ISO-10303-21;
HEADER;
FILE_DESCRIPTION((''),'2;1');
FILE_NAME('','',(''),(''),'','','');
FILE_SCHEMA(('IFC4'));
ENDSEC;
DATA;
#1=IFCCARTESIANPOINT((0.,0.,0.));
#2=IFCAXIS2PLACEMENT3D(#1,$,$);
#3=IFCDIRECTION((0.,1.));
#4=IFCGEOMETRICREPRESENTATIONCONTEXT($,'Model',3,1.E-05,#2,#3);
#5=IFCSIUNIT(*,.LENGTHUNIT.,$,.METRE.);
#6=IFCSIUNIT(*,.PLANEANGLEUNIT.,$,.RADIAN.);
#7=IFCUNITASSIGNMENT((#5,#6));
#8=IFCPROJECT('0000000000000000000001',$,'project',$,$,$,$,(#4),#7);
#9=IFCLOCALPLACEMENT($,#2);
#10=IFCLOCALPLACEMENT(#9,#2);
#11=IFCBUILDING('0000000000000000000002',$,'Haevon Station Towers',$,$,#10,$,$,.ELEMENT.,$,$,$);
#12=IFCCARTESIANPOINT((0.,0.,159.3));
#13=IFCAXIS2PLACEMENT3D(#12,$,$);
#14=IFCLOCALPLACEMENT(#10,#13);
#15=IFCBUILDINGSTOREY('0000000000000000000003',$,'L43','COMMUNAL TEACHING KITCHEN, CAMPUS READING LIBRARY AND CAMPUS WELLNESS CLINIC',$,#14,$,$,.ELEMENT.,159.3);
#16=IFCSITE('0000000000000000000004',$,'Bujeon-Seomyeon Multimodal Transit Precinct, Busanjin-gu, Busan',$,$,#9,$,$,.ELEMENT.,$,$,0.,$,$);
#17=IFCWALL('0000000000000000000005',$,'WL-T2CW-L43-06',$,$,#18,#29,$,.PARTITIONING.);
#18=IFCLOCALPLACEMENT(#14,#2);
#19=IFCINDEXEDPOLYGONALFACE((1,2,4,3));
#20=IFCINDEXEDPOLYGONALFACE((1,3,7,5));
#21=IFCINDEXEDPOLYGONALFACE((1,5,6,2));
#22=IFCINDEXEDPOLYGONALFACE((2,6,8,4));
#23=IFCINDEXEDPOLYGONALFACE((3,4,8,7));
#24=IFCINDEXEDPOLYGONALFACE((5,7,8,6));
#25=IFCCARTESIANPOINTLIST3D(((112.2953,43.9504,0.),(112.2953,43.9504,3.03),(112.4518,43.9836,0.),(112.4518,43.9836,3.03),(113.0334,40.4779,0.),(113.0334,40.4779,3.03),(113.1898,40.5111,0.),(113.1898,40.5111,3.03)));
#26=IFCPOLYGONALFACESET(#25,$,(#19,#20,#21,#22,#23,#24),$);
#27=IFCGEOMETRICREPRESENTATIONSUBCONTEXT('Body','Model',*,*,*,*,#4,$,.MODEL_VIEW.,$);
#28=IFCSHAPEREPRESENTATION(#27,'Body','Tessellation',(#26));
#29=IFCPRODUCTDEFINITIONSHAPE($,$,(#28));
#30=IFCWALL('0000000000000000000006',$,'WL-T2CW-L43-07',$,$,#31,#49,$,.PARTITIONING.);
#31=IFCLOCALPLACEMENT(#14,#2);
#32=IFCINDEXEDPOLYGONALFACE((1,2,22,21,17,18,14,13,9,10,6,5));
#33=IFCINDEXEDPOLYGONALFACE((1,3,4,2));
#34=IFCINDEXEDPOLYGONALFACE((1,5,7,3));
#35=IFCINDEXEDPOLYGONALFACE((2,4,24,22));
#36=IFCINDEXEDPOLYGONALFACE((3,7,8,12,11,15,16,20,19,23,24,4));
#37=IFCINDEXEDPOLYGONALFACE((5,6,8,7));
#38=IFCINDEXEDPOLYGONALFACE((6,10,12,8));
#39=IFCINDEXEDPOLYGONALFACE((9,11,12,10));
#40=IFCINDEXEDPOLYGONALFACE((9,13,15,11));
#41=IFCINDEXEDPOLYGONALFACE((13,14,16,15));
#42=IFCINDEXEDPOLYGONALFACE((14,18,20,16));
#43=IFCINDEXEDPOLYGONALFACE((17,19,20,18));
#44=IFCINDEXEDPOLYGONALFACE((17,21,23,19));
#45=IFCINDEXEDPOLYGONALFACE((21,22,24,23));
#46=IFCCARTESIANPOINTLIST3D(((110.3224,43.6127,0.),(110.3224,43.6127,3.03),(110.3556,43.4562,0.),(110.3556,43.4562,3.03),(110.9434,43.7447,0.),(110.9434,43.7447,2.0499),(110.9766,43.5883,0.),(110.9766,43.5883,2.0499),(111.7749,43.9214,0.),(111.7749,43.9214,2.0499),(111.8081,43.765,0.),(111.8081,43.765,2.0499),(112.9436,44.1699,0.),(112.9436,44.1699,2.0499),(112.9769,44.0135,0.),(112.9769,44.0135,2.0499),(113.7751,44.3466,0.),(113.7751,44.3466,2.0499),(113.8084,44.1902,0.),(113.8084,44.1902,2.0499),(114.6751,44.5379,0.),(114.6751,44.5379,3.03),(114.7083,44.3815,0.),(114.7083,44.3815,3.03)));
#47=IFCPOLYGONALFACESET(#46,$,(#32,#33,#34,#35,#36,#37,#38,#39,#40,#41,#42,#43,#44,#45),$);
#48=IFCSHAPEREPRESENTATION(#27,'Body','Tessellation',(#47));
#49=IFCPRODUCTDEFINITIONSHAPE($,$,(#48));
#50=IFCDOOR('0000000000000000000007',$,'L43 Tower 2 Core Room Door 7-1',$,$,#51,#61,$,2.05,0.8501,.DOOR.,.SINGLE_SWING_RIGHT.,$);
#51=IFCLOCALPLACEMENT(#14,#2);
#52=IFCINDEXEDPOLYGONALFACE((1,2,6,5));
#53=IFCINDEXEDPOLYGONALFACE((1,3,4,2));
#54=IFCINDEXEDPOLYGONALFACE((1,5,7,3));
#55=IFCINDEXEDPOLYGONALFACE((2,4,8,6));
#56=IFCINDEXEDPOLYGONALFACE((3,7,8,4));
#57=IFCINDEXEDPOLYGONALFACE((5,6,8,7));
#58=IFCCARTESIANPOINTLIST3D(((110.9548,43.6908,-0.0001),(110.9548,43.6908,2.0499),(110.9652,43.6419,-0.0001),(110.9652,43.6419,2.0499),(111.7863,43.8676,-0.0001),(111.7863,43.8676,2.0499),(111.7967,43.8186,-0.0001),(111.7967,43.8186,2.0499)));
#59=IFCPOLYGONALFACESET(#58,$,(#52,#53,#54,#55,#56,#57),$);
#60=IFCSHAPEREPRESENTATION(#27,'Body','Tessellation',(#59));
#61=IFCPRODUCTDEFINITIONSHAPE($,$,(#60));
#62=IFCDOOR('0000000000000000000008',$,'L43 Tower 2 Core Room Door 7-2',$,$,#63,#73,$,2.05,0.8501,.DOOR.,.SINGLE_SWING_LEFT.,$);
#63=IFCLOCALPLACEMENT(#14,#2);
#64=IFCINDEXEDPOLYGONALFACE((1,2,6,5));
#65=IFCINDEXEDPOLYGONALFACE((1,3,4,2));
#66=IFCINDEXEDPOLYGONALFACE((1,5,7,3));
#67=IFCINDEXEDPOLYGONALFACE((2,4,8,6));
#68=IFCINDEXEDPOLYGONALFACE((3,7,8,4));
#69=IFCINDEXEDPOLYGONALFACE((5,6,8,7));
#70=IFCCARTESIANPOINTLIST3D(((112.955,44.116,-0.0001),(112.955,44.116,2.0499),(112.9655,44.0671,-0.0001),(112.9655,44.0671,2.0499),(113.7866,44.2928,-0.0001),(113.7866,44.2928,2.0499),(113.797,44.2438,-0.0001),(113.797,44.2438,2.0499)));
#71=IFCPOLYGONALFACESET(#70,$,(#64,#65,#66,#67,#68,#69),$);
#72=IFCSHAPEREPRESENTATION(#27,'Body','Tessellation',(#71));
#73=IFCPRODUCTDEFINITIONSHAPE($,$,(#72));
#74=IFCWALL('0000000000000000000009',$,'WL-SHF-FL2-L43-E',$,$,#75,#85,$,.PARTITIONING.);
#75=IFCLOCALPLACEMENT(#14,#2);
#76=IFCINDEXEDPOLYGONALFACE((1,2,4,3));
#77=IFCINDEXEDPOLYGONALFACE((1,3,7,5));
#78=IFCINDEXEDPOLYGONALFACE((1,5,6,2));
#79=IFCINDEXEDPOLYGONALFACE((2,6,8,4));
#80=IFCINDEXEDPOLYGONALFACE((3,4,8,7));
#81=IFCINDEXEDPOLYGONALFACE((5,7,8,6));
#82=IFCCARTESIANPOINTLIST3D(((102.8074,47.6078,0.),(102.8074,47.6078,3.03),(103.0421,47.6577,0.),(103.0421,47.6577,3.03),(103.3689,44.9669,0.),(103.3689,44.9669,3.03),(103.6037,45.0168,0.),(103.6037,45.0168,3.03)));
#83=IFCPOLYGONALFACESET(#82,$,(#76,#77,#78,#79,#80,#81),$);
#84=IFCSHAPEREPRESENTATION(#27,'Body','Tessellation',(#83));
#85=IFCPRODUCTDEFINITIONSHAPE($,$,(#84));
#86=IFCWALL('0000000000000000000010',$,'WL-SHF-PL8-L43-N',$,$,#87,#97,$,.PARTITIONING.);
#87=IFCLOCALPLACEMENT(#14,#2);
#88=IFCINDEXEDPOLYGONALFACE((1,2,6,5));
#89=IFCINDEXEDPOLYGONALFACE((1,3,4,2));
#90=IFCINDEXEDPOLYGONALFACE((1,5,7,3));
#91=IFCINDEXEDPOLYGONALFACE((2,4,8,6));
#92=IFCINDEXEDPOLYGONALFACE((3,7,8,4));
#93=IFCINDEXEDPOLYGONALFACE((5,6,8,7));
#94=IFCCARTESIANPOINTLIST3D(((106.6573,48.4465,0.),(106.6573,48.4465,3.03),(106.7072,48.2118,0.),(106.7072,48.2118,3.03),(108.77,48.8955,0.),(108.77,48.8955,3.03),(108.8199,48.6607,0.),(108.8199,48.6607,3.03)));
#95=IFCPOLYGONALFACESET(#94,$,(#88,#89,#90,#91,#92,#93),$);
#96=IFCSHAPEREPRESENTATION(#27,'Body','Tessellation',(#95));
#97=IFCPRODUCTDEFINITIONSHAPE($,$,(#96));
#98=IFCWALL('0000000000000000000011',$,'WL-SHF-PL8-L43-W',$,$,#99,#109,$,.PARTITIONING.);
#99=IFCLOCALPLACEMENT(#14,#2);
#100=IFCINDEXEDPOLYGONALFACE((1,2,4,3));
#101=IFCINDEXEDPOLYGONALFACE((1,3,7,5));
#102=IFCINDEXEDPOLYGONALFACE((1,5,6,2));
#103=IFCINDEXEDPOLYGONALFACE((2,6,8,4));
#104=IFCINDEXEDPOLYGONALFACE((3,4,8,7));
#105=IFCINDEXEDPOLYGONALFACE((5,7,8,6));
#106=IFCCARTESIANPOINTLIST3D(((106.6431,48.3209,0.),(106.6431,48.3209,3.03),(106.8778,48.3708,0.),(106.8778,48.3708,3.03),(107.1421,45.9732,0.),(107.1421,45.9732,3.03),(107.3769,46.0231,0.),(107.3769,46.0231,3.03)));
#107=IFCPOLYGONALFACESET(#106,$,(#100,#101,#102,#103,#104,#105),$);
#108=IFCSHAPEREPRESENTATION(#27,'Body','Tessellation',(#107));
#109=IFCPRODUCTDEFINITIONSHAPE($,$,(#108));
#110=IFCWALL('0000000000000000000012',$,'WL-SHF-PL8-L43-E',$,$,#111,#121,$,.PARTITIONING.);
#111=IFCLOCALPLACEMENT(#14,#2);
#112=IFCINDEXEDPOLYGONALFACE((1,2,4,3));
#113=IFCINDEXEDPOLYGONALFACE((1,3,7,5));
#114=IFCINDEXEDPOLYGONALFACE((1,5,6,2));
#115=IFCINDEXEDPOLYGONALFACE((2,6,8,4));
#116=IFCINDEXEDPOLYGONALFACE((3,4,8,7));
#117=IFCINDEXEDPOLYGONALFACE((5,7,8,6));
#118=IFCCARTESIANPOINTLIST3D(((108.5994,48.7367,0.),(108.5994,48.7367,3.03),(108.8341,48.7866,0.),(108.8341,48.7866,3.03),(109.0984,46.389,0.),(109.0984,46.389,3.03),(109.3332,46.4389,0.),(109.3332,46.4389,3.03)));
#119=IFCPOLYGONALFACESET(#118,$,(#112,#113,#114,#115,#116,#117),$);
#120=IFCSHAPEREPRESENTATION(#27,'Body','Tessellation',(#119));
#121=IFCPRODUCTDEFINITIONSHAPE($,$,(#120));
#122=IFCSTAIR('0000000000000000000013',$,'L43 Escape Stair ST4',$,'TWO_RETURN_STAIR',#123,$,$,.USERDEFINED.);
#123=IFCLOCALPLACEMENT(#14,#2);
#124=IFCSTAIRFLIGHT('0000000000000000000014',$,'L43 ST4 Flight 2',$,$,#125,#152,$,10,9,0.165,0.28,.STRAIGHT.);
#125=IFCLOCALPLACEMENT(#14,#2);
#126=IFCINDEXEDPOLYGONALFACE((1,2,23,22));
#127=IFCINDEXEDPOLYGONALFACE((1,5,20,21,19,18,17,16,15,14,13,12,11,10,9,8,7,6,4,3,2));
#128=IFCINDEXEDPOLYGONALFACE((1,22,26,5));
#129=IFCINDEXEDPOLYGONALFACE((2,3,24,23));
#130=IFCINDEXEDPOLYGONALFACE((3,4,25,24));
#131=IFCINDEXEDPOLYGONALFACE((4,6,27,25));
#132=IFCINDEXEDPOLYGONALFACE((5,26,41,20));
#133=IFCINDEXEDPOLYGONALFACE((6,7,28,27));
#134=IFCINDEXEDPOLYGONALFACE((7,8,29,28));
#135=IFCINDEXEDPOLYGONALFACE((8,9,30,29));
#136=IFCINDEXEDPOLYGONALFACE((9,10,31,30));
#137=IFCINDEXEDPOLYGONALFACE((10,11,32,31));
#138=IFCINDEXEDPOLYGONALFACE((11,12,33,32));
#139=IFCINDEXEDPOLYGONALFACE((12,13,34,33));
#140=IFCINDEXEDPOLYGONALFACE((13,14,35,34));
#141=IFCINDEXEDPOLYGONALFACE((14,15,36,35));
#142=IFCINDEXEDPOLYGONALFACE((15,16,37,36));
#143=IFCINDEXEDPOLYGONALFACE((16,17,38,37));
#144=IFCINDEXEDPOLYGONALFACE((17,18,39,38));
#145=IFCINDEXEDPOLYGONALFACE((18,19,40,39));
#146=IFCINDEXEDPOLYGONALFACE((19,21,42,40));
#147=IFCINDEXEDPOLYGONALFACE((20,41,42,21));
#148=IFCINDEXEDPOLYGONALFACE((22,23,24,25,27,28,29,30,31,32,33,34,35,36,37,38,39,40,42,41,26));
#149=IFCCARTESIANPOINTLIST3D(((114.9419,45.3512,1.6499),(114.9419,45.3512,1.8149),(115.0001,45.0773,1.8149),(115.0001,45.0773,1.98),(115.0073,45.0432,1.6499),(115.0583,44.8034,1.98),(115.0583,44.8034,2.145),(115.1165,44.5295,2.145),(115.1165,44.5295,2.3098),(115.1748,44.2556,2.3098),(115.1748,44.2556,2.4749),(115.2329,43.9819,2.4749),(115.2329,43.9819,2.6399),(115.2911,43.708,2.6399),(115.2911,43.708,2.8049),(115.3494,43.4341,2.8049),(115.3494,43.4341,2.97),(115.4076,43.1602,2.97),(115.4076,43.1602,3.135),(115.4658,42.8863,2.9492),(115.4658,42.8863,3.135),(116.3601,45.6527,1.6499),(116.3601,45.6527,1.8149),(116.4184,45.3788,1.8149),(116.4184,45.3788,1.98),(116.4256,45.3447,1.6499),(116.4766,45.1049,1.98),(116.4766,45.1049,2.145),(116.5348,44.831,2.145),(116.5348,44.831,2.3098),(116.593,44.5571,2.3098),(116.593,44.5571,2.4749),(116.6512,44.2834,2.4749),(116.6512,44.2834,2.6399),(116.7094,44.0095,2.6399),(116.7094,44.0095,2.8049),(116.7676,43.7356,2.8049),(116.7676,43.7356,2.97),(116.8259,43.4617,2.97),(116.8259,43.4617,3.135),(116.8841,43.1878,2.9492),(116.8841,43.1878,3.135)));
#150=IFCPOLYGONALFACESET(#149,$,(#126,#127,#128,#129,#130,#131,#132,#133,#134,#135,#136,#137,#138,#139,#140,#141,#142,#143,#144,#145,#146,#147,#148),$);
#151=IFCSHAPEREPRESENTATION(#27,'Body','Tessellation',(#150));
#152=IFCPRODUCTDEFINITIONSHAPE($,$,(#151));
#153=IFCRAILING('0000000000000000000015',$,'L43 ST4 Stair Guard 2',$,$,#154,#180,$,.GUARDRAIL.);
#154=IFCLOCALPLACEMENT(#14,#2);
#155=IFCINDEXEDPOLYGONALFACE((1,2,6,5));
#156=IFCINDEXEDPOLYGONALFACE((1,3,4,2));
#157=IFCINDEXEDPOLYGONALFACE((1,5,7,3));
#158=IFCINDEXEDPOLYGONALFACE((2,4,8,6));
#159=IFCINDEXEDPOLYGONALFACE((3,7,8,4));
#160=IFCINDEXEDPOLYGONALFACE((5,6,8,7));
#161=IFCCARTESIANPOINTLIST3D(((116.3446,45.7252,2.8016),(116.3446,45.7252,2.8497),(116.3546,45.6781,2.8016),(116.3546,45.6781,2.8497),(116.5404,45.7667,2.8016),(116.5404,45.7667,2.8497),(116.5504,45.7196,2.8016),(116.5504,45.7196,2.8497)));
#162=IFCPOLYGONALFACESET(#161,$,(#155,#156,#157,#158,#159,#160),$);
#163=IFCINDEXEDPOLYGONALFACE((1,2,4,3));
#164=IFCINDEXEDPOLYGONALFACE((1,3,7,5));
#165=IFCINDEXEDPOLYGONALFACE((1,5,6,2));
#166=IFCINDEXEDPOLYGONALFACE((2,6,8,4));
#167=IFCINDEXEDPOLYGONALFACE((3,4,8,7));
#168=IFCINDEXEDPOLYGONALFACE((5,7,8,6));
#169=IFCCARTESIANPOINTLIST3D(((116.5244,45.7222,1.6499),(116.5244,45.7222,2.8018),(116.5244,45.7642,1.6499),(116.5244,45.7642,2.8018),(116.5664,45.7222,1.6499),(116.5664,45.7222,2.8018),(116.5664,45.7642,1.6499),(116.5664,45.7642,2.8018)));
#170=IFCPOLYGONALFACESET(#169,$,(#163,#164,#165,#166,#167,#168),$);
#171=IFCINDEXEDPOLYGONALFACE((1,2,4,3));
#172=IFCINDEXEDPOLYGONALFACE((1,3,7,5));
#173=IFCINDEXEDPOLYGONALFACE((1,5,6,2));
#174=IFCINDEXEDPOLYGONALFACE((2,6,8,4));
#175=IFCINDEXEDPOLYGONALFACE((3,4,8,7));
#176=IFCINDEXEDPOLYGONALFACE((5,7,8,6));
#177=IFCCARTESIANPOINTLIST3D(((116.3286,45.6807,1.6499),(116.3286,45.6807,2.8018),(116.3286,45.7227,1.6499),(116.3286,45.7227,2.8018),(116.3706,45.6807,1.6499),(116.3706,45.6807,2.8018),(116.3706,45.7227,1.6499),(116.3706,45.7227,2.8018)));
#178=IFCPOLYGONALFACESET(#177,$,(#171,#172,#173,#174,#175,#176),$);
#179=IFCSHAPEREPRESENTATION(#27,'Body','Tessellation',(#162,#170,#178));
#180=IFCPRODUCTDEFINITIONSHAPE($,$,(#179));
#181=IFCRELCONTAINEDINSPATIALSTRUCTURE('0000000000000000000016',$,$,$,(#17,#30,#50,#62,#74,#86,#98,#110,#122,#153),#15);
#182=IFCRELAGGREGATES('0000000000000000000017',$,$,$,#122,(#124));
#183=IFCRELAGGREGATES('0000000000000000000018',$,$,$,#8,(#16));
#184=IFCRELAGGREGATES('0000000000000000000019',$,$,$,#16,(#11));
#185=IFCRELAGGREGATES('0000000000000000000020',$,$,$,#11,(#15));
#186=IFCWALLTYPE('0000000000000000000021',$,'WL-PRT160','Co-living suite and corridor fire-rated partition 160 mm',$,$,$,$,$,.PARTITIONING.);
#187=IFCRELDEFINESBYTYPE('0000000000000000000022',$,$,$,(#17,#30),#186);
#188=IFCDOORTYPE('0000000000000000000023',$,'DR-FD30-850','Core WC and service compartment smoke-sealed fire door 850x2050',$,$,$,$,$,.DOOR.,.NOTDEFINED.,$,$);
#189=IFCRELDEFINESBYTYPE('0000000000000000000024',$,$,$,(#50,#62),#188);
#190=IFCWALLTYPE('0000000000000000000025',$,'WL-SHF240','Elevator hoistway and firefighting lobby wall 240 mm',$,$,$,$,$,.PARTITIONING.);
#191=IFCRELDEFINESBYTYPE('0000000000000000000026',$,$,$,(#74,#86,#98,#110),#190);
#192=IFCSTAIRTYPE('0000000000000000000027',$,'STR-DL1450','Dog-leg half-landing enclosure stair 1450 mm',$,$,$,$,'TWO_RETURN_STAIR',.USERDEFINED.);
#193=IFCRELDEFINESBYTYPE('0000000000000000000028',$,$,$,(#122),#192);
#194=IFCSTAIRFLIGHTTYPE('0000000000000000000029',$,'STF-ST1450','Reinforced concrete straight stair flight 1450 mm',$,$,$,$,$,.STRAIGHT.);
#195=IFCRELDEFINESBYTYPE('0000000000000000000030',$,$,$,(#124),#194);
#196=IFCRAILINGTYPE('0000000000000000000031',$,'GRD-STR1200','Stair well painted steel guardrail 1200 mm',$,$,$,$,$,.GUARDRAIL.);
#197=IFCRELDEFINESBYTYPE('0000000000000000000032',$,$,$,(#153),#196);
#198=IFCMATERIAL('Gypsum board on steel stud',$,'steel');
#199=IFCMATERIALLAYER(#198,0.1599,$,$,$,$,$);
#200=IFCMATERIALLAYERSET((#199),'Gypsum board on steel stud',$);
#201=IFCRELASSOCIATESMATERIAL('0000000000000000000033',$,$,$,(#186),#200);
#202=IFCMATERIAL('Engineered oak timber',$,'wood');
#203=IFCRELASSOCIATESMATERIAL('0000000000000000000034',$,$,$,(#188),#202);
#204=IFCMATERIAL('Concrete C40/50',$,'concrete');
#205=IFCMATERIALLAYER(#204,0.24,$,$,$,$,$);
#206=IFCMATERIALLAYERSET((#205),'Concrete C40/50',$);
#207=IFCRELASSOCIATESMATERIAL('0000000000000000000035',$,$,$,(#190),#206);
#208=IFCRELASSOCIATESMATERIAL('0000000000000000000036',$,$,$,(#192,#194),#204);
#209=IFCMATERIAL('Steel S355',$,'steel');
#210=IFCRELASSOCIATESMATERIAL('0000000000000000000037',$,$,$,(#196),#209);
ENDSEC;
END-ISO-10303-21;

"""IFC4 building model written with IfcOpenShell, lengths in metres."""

from ifc_helpers import new_model, si_unit, direction, frame, frame_2d, origin, origin_2d, place, context, subcontext, project, spatial, polyline, rectangle, outline, extrude, material, layer, layer_set, type_object, element, fill, aggregate, save


model = new_model("IFC4")

# Units and contexts
model_context = context("Model", 3, precision=1e-05, world=origin(), true_north=direction((0.0, 1.0)))
body_context = subcontext(model_context, "Body", "Model", "MODEL_VIEW")
ifc_project = project(units=[si_unit("LENGTHUNIT", "METRE"), si_unit("PLANEANGLEUNIT", "RADIAN")], contexts=[model_context])

# Site, building, storey
site_placement = place(None, origin())
site = spatial("IfcSite", under=ifc_project, at=site_placement, Name="Bujeon-Seomyeon Multimodal Transit Precinct, Busanjin-gu, Busan", CompositionType="ELEMENT", RefElevation=0.0)
building_placement = place(site_placement, origin())
building = spatial("IfcBuilding", under=site, at=building_placement, Name="Haevon Station Towers", CompositionType="ELEMENT")
storey_placement = place(building_placement, frame((0.0, 0.0, 159.3)))
storey = spatial("IfcBuildingStorey", under=building, at=storey_placement, Name="L43", Description="COMMUNAL TEACHING KITCHEN, CAMPUS READING LIBRARY AND CAMPUS WELLNESS CLINIC", CompositionType="ELEMENT", Elevation=159.3)

# Shared definitions
ifc_material_1 = material(Name="Steel S355", Category="steel")

# Shared definitions
ifc_material_2 = material(Name="Gypsum board on steel stud", Category="steel")
ifc_material_3 = material(Name="Engineered oak timber", Category="wood")

# Shared definitions
ifc_layer_1 = layer(ifc_material_2, 0.1599)
ifc_layer_set_1 = layer_set([ifc_layer_1], Name="Gypsum board on steel stud")
wall_type_1 = type_object("IfcWallType", Name="WL-PRT160", Description="Co-living suite and corridor fire-rated partition 160 mm", PredefinedType="PARTITIONING", material=ifc_layer_set_1)

# Wall
for number, where, z_axis, x_axis, name in (
    (1, (113.1116, 40.4946, 0.0), (0.0, 0.0, 1.0), (-0.207899, 0.97815, 0.0), "WL-T2CW-L43-06"),
):
    element("IfcWall", number, at=place(storey_placement, frame(where, z_axis=z_axis, x_axis=x_axis)), inside=storey, type_object=wall_type_1, Name=name, PredefinedType="PARTITIONING", context=body_context, shape_type="SweptSolid", body=[
        extrude(rectangle(XDim=3.55, YDim=0.1599, at=frame_2d((1.7749, 0.0))), origin(), (0.0, 0.0, 1.0), 3.03),
    ])

# Wall, openings, doors
wall_1_placement = place(storey_placement, frame((110.3389, 43.5344, 0.0), z_axis=(0.0, 0.0, 1.0), x_axis=(0.978144, 0.207929, 0.0)))
wall_1 = element("IfcWall", 2, at=wall_1_placement, inside=storey, type_object=wall_type_1, Name="WL-T2CW-L43-07", PredefinedType="PARTITIONING", context=body_context, shape_type="SweptSolid", body=[
    extrude(rectangle(XDim=4.45, YDim=0.1599, at=frame_2d((2.2251, 0.0))), origin(), (0.0, 0.0, 1.0), 3.03),
])
opening_1_placement = place(wall_1_placement, frame((0.635, 0.0, 0.0)))
opening_1 = element("IfcOpeningElement", 3, at=opening_1_placement, cuts=wall_1, PredefinedType="OPENING", context=body_context, shape_type="SweptSolid", body=[
    extrude(rectangle(XDim=0.8501, YDim=2.05, at=frame_2d((0.425, 1.0249))), frame((0.0, 0.0898, 0.0), z_axis=(0.0, -1.0, 0.0), x_axis=(1.0, 0.0, 0.0)), (0.0, 0.0, 1.0), 0.1799),
])
opening_2_placement = place(wall_1_placement, frame((2.6799, 0.0, 0.0)))
opening_2 = element("IfcOpeningElement", 4, at=opening_2_placement, cuts=wall_1, PredefinedType="OPENING", context=body_context, shape_type="SweptSolid", body=[
    extrude(rectangle(XDim=0.8501, YDim=2.05, at=frame_2d((0.425, 1.0249))), frame((0.0, 0.0898, 0.0), z_axis=(0.0, -1.0, 0.0), x_axis=(1.0, 0.0, 0.0)), (0.0, 0.0, 1.0), 0.1799),
])
door_type_1 = type_object("IfcDoorType", Name="DR-FD30-850", Description="Core WC and service compartment smoke-sealed fire door 850x2050", OperationType="NOTDEFINED", PredefinedType="DOOR", material=ifc_material_3)
door_1_placement = place(opening_1_placement, origin())
door_1 = element("IfcDoor", 5, at=door_1_placement, inside=storey, type_object=door_type_1, Name="L43 Tower 2 Core Room Door 7-1", OperationType="SINGLE_SWING_RIGHT", OverallHeight=2.05, OverallWidth=0.8501, PredefinedType="DOOR", context=body_context, shape_type="SweptSolid", body=[
    extrude(rectangle(XDim=0.8501, YDim=2.05, at=frame_2d((0.425, 1.0249))), frame((0.0, 0.0249, 0.0), z_axis=(0.0, -1.0, 0.0), x_axis=(1.0, 0.0, 0.0)), (0.0, 0.0, 1.0), 0.05),
])
fill(opening_1, door_1)
door_2_placement = place(opening_2_placement, origin())
door_2 = element("IfcDoor", 6, at=door_2_placement, inside=storey, type_object=door_type_1, Name="L43 Tower 2 Core Room Door 7-2", OperationType="SINGLE_SWING_LEFT", OverallHeight=2.05, OverallWidth=0.8501, PredefinedType="DOOR", context=body_context, shape_type="SweptSolid", body=[
    extrude(rectangle(XDim=0.8501, YDim=2.05, at=frame_2d((0.425, 1.0249))), frame((0.0, 0.0249, 0.0), z_axis=(0.0, -1.0, 0.0), x_axis=(1.0, 0.0, 0.0)), (0.0, 0.0, 1.0), 0.05),
])
fill(opening_2, door_2)

# Wall
ifc_material_4 = material(Name="Concrete C40/50", Category="concrete")
ifc_layer_2 = layer(ifc_material_4, 0.24)
ifc_layer_set_2 = layer_set([ifc_layer_2], Name="Concrete C40/50")
wall_type_2 = type_object("IfcWallType", Name="WL-SHF240", Description="Elevator hoistway and firefighting lobby wall 240 mm", PredefinedType="PARTITIONING", material=ifc_layer_set_2)
wall_2_placement = place(storey_placement, frame((103.4863, 44.9917, 0.0), z_axis=(0.0, 0.0, 1.0), x_axis=(-0.207979, 0.978133, 0.0)))
element("IfcWall", 7, at=wall_2_placement, inside=storey, type_object=wall_type_2, Name="WL-SHF-FL2-L43-E", PredefinedType="PARTITIONING", context=body_context, shape_type="SweptSolid", body=[
    extrude(rectangle(XDim=2.7, YDim=0.24, at=frame_2d((1.3501, 0.0))), origin(), (0.0, 0.0, 1.0), 3.03),
])

# Walls
wall_3_placement = place(storey_placement, frame((106.6821, 48.3291, 0.0), z_axis=(0.0, 0.0, 1.0), x_axis=(0.978158, 0.207861, 0.0)))
element("IfcWall", 8, at=wall_3_placement, inside=storey, type_object=wall_type_2, Name="WL-SHF-PL8-L43-N", PredefinedType="PARTITIONING", context=body_context, shape_type="SweptSolid", body=[
    extrude(rectangle(XDim=2.1599, YDim=0.24, at=frame_2d((1.0801, 0.0))), origin(), (0.0, 0.0, 1.0), 3.03),
])
for number, where, z_axis, x_axis, name in (
    (9, (107.2595, 45.998, 0.0), (0.0, 0.0, 1.0), (-0.207917, 0.978146, 0.0), "WL-SHF-PL8-L43-W"),
    (10, (109.2158, 46.4138, 0.0), (0.0, 0.0, 1.0), (-0.207917, 0.978146, 0.0), "WL-SHF-PL8-L43-E"),
):
    element("IfcWall", number, at=place(storey_placement, frame(where, z_axis=z_axis, x_axis=x_axis)), inside=storey, type_object=wall_type_2, Name=name, PredefinedType="PARTITIONING", context=body_context, shape_type="SweptSolid", body=[
        extrude(rectangle(XDim=2.4001, YDim=0.24, at=frame_2d((1.2002, 0.0))), origin(), (0.0, 0.0, 1.0), 3.03),
    ])

# Stair, stair flight
stair_type = type_object("IfcStairType", Name="STR-DL1450", Description="Dog-leg half-landing enclosure stair 1450 mm", ElementType="TWO_RETURN_STAIR", PredefinedType="USERDEFINED", material=ifc_material_4)
stair_placement = place(storey_placement, origin())
stair = element("IfcStair", 11, at=stair_placement, inside=storey, type_object=stair_type, Name="L43 Escape Stair ST4", ObjectType="TWO_RETURN_STAIR", PredefinedType="USERDEFINED")
stair_flight_type = type_object("IfcStairFlightType", Name="STF-ST1450", Description="Reinforced concrete straight stair flight 1450 mm", PredefinedType="STRAIGHT", material=ifc_material_4)
stair_flight_placement = place(storey_placement, frame((115.6509, 45.502, 1.6499), z_axis=(0.0, 0.0, 1.0), x_axis=(0.207912, -0.978148, 0.0)))
stair_flight = element("IfcStairFlight", 12, at=stair_flight_placement, type_object=stair_flight_type, Name="L43 ST4 Flight 2", NumberOfRisers=10, NumberOfTreads=9, PredefinedType="STRAIGHT", RiserHeight=0.165, TreadLength=0.28, context=body_context, shape_type="SweptSolid", body=[
    extrude(outline(polyline([(0.0, 0.0), (0.0, 0.165), (0.28, 0.165), (0.28, 0.3301), (0.5601, 0.3301), (0.5601, 0.4951), (0.8401, 0.4951), (0.8401, 0.6599), (1.1201, 0.6599), (1.1201, 0.825), (1.3999, 0.825), (1.3999, 0.99), (1.6799, 0.99), (1.6799, 1.155), (1.96, 1.155), (1.96, 1.3201), (2.24, 1.3201), (2.24, 1.4851), (2.52, 1.4851), (2.52, 1.6499), (2.52, 1.2993), (0.3149, 0.0), (0.0, 0.0)])), frame((0.0, 0.7251, 0.0), z_axis=(0.0, -1.0, 0.0), x_axis=(1.0, 0.0, 0.0)), (0.0, 0.0, 1.0), 1.45),
])
aggregate(stair, [stair_flight])

# Railing
railing_type_1 = type_object("IfcRailingType", Name="GRD-STR1200", Description="Stair well painted steel guardrail 1200 mm", PredefinedType="GUARDRAIL", material=ifc_material_1)
railing_1_placement = place(storey_placement, frame((116.5454, 45.7432, 1.6499)))
element("IfcRailing", 13, at=railing_1_placement, inside=storey, type_object=railing_type_1, Name="L43 ST4 Stair Guard 2", PredefinedType="GUARDRAIL", context=body_context, shape_type="SweptSolid", body=[
    extrude(rectangle(XDim=0.0481, YDim=0.0481, at=origin_2d()), frame((0.0, 0.0, 1.1758), z_axis=(-0.978264, -0.207363, 0.0), x_axis=(0.207363, -0.978264, 0.0)), (0.0, 0.0, 1.0), 0.2002),
    extrude(rectangle(XDim=0.042, YDim=0.042, at=origin_2d()), origin(), (0.0, 0.0, 1.0), 1.1519),
    extrude(rectangle(XDim=0.042, YDim=0.042, at=origin_2d()), frame((-0.1958, -0.0415, 0.0)), (0.0, 0.0, 1.0), 1.1519),
])

save(model, "model.ifc")
